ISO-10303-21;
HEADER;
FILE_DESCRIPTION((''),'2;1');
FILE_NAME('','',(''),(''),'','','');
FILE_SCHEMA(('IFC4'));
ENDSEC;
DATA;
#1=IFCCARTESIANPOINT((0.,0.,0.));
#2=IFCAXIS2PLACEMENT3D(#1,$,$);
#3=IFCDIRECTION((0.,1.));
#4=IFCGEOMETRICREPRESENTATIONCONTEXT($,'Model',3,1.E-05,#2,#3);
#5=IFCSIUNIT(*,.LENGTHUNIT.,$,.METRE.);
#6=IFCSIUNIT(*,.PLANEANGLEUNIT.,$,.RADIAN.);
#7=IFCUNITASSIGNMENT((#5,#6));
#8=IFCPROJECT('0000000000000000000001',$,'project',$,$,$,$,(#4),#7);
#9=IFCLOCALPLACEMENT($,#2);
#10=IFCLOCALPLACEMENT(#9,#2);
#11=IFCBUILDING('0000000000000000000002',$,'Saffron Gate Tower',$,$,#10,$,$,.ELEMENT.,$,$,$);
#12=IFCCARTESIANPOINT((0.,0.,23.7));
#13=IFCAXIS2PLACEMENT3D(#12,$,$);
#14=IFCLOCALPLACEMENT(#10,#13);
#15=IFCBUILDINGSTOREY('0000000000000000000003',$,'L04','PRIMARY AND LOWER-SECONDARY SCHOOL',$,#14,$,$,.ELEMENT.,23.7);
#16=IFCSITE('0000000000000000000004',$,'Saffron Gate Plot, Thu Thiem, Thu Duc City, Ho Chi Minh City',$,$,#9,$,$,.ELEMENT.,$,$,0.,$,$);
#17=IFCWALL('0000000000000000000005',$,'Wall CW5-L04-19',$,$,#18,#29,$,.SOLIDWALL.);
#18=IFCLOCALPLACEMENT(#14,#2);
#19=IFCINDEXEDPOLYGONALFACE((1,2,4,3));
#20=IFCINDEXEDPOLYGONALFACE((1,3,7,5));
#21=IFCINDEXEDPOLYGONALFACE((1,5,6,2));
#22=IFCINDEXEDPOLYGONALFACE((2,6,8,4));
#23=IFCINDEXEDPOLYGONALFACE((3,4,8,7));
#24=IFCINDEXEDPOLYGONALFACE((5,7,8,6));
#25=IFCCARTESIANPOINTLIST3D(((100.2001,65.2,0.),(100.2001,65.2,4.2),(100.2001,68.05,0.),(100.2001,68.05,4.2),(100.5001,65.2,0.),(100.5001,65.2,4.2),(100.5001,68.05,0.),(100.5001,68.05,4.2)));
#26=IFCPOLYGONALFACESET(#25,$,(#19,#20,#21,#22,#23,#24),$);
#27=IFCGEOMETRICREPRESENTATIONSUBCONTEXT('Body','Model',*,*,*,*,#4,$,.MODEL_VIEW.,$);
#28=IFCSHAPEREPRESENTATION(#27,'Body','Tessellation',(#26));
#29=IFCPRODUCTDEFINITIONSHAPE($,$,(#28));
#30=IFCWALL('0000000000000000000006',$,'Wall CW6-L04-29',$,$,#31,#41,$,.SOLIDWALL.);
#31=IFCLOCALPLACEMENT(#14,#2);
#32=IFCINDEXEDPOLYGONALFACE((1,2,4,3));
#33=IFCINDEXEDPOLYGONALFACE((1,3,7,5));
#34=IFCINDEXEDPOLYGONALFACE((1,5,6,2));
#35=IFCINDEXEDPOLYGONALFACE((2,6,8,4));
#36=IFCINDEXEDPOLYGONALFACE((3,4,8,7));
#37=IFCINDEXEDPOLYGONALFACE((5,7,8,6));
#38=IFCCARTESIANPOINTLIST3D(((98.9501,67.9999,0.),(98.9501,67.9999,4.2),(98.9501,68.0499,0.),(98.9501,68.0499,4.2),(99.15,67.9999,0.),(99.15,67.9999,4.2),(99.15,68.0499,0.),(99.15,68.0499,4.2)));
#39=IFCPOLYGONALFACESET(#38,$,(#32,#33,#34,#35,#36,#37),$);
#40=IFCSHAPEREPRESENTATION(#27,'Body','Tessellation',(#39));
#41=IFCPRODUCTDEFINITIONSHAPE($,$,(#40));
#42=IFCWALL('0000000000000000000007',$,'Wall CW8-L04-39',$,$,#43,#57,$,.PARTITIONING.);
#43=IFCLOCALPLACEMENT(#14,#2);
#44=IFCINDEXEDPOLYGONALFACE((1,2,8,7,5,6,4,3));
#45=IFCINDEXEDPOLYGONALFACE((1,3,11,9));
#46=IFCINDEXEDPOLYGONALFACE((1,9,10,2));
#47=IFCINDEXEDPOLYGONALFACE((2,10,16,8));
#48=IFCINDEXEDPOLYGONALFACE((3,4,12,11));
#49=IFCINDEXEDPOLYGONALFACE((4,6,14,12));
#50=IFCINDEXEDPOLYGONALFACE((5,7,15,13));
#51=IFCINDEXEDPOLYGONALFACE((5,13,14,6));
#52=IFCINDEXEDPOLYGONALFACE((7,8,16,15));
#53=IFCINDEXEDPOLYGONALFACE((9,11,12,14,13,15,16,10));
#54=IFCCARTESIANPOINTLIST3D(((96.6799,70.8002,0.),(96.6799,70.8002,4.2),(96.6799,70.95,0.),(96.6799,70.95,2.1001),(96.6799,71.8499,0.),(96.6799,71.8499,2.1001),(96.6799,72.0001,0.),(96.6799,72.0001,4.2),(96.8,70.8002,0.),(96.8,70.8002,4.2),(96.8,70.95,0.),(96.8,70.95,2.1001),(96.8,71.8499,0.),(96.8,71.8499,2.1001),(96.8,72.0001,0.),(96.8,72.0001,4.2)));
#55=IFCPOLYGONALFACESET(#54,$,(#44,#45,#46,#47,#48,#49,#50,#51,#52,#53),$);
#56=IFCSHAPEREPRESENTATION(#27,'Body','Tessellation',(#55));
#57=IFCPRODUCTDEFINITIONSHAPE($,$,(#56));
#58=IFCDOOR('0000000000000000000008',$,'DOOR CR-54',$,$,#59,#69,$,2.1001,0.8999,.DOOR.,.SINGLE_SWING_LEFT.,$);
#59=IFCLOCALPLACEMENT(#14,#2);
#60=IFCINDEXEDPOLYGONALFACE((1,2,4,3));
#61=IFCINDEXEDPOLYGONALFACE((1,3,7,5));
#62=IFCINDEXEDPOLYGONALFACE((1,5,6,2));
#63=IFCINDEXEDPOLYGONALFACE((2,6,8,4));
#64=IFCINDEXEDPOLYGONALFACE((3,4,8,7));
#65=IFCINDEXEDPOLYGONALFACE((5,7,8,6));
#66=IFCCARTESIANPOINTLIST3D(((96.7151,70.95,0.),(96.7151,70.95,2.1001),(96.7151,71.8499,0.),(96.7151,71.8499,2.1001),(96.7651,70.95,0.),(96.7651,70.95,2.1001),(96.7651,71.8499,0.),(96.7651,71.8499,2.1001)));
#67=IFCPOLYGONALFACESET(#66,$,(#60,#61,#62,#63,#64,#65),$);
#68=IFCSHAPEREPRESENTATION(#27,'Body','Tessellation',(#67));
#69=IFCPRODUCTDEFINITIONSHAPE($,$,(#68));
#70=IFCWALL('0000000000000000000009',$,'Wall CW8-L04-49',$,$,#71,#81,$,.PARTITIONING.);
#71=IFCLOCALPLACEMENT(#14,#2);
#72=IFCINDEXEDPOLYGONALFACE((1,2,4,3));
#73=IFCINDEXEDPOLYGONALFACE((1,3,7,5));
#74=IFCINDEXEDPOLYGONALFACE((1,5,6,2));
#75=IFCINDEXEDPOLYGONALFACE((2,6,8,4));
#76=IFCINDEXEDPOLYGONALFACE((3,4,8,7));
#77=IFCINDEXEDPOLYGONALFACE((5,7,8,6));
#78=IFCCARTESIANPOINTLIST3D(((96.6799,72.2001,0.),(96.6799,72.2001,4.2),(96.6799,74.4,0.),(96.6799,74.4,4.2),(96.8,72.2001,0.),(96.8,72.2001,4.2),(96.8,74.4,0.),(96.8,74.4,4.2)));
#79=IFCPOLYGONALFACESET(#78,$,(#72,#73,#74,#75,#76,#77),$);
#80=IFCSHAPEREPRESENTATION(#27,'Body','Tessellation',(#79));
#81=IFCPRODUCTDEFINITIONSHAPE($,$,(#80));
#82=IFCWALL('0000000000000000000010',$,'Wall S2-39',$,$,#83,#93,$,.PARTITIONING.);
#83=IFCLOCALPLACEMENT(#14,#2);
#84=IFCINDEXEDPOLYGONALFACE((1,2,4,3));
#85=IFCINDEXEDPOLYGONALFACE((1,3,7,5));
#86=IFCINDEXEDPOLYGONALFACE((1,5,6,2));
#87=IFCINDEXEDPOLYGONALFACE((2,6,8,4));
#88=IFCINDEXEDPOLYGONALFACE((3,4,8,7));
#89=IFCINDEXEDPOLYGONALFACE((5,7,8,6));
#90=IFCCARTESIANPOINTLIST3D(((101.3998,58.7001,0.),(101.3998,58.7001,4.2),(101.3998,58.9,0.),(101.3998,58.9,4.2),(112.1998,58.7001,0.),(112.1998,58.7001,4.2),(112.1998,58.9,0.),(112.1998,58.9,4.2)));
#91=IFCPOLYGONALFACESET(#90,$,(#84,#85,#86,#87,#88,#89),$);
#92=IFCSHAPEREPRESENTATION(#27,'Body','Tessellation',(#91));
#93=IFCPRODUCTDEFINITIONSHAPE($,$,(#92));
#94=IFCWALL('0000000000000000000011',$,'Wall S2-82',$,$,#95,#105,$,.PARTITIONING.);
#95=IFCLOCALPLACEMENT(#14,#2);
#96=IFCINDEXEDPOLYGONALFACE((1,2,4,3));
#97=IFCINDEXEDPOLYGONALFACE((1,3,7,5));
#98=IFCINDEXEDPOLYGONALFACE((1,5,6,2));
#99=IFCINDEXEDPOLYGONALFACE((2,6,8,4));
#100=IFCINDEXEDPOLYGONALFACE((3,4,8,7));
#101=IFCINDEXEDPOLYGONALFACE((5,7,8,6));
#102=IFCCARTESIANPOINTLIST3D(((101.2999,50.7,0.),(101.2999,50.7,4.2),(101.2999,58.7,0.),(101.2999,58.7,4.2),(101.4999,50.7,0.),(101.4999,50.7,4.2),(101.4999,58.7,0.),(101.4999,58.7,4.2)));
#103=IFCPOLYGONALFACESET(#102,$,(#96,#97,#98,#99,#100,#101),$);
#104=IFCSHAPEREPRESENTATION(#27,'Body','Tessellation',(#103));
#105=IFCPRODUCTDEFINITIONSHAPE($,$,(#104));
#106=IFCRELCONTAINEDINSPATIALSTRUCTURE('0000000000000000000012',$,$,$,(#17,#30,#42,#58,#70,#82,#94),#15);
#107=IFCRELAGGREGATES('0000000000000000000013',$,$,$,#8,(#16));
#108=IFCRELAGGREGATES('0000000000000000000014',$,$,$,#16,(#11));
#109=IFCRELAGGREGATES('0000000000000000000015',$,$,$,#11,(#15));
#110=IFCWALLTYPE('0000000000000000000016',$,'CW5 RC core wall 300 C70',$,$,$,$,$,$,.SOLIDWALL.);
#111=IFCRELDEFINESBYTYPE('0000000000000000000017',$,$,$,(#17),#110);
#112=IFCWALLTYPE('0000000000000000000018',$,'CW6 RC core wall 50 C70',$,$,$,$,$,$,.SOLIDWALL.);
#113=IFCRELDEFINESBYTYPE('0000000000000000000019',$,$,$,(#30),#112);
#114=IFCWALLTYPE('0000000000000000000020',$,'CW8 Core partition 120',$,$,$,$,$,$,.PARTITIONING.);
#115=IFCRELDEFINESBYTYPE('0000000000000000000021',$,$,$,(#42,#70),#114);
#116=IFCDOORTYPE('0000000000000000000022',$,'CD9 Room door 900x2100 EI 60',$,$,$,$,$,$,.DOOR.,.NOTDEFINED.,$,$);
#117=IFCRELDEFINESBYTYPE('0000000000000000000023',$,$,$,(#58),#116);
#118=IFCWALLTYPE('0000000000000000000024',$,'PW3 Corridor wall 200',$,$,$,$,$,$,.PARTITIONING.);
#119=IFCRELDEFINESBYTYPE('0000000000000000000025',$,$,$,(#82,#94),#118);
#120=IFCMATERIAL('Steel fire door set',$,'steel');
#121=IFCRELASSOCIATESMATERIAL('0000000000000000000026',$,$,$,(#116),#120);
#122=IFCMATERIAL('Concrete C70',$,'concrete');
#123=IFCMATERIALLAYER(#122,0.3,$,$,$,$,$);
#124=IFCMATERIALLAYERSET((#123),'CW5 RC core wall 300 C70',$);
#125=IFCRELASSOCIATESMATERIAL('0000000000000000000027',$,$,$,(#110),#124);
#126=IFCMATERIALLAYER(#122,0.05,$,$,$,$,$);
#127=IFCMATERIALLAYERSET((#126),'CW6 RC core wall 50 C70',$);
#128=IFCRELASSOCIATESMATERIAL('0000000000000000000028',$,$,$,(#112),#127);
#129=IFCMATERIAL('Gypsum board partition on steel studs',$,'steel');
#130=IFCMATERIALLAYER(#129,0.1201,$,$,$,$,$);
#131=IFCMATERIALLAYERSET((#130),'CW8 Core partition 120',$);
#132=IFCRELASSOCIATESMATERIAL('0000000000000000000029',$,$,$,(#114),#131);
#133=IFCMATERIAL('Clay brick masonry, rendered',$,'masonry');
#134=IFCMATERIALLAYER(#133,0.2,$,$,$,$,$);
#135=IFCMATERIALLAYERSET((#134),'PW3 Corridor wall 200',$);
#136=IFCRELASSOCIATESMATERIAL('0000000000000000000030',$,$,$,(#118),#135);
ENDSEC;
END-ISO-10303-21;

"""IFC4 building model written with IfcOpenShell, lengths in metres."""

from ifc_helpers import new_model, si_unit, direction, frame, frame_2d, origin, place, context, subcontext, project, spatial, rectangle, extrude, material, layer, layer_set, type_object, element, fill, save


model = new_model("IFC4")

# Units and contexts
model_context = context("Model", 3, precision=1e-05, world=origin(), true_north=direction((0.0, 1.0)))
body_context = subcontext(model_context, "Body", "Model", "MODEL_VIEW")
ifc_project = project(units=[si_unit("LENGTHUNIT", "METRE"), si_unit("PLANEANGLEUNIT", "RADIAN")], contexts=[model_context])

# Site, building, storey
site_placement = place(None, origin())
site = spatial("IfcSite", under=ifc_project, at=site_placement, Name="Saffron Gate Plot, Thu Thiem, Thu Duc City, Ho Chi Minh City", CompositionType="ELEMENT", RefElevation=0.0)
building_placement = place(site_placement, origin())
building = spatial("IfcBuilding", under=site, at=building_placement, Name="Saffron Gate Tower", CompositionType="ELEMENT")
storey_placement = place(building_placement, frame((0.0, 0.0, 23.7)))
storey = spatial("IfcBuildingStorey", under=building, at=storey_placement, Name="L04", Description="PRIMARY AND LOWER-SECONDARY SCHOOL", CompositionType="ELEMENT", Elevation=23.7)

# Shared definitions
ifc_material_1 = material(Name="Concrete C70", Category="concrete")
ifc_material_2 = material(Name="Steel fire door set", Category="steel")

# Shared definitions
door_type_1 = type_object("IfcDoorType", Name="CD9 Room door 900x2100 EI 60", OperationType="NOTDEFINED", PredefinedType="DOOR", material=ifc_material_2)

# Walls
ifc_layer_1 = layer(ifc_material_1, 0.3)
ifc_layer_set_1 = layer_set([ifc_layer_1], Name="CW5 RC core wall 300 C70")
wall_type_1 = type_object("IfcWallType", Name="CW5 RC core wall 300 C70", PredefinedType="SOLIDWALL", material=ifc_layer_set_1)
wall_1_placement = place(storey_placement, frame((100.3501, 65.2, 0.0), z_axis=(0.0, 0.0, 1.0), x_axis=(0.0, 1.0, 0.0)))
element("IfcWall", 1, at=wall_1_placement, inside=storey, type_object=wall_type_1, Name="Wall CW5-L04-19", PredefinedType="SOLIDWALL", context=body_context, shape_type="SweptSolid", body=[
    extrude(rectangle(XDim=2.8501, YDim=0.3, at=frame_2d((1.425, 0.0))), origin(), (0.0, 0.0, 1.0), 4.2),
])
ifc_layer_2 = layer(ifc_material_1, 0.05)
ifc_layer_set_2 = layer_set([ifc_layer_2], Name="CW6 RC core wall 50 C70")
wall_type_2 = type_object("IfcWallType", Name="CW6 RC core wall 50 C70", PredefinedType="SOLIDWALL", material=ifc_layer_set_2)
wall_2_placement = place(storey_placement, frame((98.95, 68.0249, 0.0), z_axis=(0.0, 0.0, 1.0), x_axis=(1.0, 0.0, 0.0)))
element("IfcWall", 2, at=wall_2_placement, inside=storey, type_object=wall_type_2, Name="Wall CW6-L04-29", PredefinedType="SOLIDWALL", context=body_context, shape_type="SweptSolid", body=[
    extrude(rectangle(XDim=0.2, YDim=0.05, at=frame_2d((0.1001, 0.0))), origin(), (0.0, 0.0, 1.0), 4.2),
])

# Wall, opening, door
ifc_material_3 = material(Name="Gypsum board partition on steel studs", Category="steel")
ifc_layer_3 = layer(ifc_material_3, 0.1201)
ifc_layer_set_3 = layer_set([ifc_layer_3], Name="CW8 Core partition 120")
wall_type_3 = type_object("IfcWallType", Name="CW8 Core partition 120", PredefinedType="PARTITIONING", material=ifc_layer_set_3)
wall_3_placement = place(storey_placement, frame((96.74, 70.8, 0.0), z_axis=(0.0, 0.0, 1.0), x_axis=(0.0, 1.0, 0.0)))
wall_3 = element("IfcWall", 3, at=wall_3_placement, inside=storey, type_object=wall_type_3, Name="Wall CW8-L04-39", PredefinedType="PARTITIONING", context=body_context, shape_type="SweptSolid", body=[
    extrude(rectangle(XDim=1.2, YDim=0.1201, at=frame_2d((0.6001, 0.0))), origin(), (0.0, 0.0, 1.0), 4.2),
])
opening_1_placement = place(wall_3_placement, frame((0.1499, 0.0, 0.0)))
opening_1 = element("IfcOpeningElement", 4, at=opening_1_placement, cuts=wall_3, PredefinedType="OPENING", context=body_context, shape_type="SweptSolid", body=[
    extrude(rectangle(XDim=0.8999, YDim=2.1001, at=frame_2d((0.45, 1.05))), frame((0.0, 0.0701, 0.0), z_axis=(0.0, -1.0, 0.0), x_axis=(1.0, 0.0, 0.0)), (0.0, 0.0, 1.0), 0.1401),
])
door_1_placement = place(opening_1_placement, origin())
door_1 = element("IfcDoor", 5, at=door_1_placement, inside=storey, type_object=door_type_1, Name="DOOR CR-54", OperationType="SINGLE_SWING_LEFT", OverallHeight=2.1001, OverallWidth=0.8999, PredefinedType="DOOR", context=body_context, shape_type="SweptSolid", body=[
    extrude(rectangle(XDim=0.8999, YDim=2.1001, at=frame_2d((0.45, 1.05))), frame((0.0, 0.0249, 0.0), z_axis=(0.0, -1.0, 0.0), x_axis=(1.0, 0.0, 0.0)), (0.0, 0.0, 1.0), 0.05),
])
fill(opening_1, door_1)

# Walls
wall_4_placement = place(storey_placement, frame((96.74, 72.2, 0.0), z_axis=(0.0, 0.0, 1.0), x_axis=(0.0, 1.0, 0.0)))
element("IfcWall", 6, at=wall_4_placement, inside=storey, type_object=wall_type_3, Name="Wall CW8-L04-49", PredefinedType="PARTITIONING", context=body_context, shape_type="SweptSolid", body=[
    extrude(rectangle(XDim=2.2, YDim=0.1201, at=frame_2d((1.1001, 0.0))), origin(), (0.0, 0.0, 1.0), 4.2),
])
ifc_material_4 = material(Name="Clay brick masonry, rendered", Category="masonry")
ifc_layer_4 = layer(ifc_material_4, 0.2)
ifc_layer_set_4 = layer_set([ifc_layer_4], Name="PW3 Corridor wall 200")
wall_type_4 = type_object("IfcWallType", Name="PW3 Corridor wall 200", PredefinedType="PARTITIONING", material=ifc_layer_set_4)
wall_5_placement = place(storey_placement, frame((101.3999, 58.8, 0.0), z_axis=(0.0, 0.0, 1.0), x_axis=(1.0, 0.0, 0.0)))
element("IfcWall", 7, at=wall_5_placement, inside=storey, type_object=wall_type_4, Name="Wall S2-39", PredefinedType="PARTITIONING", context=body_context, shape_type="SweptSolid", body=[
    extrude(rectangle(XDim=10.8, YDim=0.2, at=frame_2d((5.3999, 0.0))), origin(), (0.0, 0.0, 1.0), 4.2),
])
wall_6_placement = place(storey_placement, frame((101.3999, 58.7, 0.0), z_axis=(0.0, 0.0, 1.0), x_axis=(0.0, -1.0, 0.0)))
element("IfcWall", 8, at=wall_6_placement, inside=storey, type_object=wall_type_4, Name="Wall S2-82", PredefinedType="PARTITIONING", context=body_context, shape_type="SweptSolid", body=[
    extrude(rectangle(XDim=8.0, YDim=0.2, at=frame_2d((4.0, 0.0))), origin(), (0.0, 0.0, 1.0), 4.2),
])

save(model, "model.ifc")
